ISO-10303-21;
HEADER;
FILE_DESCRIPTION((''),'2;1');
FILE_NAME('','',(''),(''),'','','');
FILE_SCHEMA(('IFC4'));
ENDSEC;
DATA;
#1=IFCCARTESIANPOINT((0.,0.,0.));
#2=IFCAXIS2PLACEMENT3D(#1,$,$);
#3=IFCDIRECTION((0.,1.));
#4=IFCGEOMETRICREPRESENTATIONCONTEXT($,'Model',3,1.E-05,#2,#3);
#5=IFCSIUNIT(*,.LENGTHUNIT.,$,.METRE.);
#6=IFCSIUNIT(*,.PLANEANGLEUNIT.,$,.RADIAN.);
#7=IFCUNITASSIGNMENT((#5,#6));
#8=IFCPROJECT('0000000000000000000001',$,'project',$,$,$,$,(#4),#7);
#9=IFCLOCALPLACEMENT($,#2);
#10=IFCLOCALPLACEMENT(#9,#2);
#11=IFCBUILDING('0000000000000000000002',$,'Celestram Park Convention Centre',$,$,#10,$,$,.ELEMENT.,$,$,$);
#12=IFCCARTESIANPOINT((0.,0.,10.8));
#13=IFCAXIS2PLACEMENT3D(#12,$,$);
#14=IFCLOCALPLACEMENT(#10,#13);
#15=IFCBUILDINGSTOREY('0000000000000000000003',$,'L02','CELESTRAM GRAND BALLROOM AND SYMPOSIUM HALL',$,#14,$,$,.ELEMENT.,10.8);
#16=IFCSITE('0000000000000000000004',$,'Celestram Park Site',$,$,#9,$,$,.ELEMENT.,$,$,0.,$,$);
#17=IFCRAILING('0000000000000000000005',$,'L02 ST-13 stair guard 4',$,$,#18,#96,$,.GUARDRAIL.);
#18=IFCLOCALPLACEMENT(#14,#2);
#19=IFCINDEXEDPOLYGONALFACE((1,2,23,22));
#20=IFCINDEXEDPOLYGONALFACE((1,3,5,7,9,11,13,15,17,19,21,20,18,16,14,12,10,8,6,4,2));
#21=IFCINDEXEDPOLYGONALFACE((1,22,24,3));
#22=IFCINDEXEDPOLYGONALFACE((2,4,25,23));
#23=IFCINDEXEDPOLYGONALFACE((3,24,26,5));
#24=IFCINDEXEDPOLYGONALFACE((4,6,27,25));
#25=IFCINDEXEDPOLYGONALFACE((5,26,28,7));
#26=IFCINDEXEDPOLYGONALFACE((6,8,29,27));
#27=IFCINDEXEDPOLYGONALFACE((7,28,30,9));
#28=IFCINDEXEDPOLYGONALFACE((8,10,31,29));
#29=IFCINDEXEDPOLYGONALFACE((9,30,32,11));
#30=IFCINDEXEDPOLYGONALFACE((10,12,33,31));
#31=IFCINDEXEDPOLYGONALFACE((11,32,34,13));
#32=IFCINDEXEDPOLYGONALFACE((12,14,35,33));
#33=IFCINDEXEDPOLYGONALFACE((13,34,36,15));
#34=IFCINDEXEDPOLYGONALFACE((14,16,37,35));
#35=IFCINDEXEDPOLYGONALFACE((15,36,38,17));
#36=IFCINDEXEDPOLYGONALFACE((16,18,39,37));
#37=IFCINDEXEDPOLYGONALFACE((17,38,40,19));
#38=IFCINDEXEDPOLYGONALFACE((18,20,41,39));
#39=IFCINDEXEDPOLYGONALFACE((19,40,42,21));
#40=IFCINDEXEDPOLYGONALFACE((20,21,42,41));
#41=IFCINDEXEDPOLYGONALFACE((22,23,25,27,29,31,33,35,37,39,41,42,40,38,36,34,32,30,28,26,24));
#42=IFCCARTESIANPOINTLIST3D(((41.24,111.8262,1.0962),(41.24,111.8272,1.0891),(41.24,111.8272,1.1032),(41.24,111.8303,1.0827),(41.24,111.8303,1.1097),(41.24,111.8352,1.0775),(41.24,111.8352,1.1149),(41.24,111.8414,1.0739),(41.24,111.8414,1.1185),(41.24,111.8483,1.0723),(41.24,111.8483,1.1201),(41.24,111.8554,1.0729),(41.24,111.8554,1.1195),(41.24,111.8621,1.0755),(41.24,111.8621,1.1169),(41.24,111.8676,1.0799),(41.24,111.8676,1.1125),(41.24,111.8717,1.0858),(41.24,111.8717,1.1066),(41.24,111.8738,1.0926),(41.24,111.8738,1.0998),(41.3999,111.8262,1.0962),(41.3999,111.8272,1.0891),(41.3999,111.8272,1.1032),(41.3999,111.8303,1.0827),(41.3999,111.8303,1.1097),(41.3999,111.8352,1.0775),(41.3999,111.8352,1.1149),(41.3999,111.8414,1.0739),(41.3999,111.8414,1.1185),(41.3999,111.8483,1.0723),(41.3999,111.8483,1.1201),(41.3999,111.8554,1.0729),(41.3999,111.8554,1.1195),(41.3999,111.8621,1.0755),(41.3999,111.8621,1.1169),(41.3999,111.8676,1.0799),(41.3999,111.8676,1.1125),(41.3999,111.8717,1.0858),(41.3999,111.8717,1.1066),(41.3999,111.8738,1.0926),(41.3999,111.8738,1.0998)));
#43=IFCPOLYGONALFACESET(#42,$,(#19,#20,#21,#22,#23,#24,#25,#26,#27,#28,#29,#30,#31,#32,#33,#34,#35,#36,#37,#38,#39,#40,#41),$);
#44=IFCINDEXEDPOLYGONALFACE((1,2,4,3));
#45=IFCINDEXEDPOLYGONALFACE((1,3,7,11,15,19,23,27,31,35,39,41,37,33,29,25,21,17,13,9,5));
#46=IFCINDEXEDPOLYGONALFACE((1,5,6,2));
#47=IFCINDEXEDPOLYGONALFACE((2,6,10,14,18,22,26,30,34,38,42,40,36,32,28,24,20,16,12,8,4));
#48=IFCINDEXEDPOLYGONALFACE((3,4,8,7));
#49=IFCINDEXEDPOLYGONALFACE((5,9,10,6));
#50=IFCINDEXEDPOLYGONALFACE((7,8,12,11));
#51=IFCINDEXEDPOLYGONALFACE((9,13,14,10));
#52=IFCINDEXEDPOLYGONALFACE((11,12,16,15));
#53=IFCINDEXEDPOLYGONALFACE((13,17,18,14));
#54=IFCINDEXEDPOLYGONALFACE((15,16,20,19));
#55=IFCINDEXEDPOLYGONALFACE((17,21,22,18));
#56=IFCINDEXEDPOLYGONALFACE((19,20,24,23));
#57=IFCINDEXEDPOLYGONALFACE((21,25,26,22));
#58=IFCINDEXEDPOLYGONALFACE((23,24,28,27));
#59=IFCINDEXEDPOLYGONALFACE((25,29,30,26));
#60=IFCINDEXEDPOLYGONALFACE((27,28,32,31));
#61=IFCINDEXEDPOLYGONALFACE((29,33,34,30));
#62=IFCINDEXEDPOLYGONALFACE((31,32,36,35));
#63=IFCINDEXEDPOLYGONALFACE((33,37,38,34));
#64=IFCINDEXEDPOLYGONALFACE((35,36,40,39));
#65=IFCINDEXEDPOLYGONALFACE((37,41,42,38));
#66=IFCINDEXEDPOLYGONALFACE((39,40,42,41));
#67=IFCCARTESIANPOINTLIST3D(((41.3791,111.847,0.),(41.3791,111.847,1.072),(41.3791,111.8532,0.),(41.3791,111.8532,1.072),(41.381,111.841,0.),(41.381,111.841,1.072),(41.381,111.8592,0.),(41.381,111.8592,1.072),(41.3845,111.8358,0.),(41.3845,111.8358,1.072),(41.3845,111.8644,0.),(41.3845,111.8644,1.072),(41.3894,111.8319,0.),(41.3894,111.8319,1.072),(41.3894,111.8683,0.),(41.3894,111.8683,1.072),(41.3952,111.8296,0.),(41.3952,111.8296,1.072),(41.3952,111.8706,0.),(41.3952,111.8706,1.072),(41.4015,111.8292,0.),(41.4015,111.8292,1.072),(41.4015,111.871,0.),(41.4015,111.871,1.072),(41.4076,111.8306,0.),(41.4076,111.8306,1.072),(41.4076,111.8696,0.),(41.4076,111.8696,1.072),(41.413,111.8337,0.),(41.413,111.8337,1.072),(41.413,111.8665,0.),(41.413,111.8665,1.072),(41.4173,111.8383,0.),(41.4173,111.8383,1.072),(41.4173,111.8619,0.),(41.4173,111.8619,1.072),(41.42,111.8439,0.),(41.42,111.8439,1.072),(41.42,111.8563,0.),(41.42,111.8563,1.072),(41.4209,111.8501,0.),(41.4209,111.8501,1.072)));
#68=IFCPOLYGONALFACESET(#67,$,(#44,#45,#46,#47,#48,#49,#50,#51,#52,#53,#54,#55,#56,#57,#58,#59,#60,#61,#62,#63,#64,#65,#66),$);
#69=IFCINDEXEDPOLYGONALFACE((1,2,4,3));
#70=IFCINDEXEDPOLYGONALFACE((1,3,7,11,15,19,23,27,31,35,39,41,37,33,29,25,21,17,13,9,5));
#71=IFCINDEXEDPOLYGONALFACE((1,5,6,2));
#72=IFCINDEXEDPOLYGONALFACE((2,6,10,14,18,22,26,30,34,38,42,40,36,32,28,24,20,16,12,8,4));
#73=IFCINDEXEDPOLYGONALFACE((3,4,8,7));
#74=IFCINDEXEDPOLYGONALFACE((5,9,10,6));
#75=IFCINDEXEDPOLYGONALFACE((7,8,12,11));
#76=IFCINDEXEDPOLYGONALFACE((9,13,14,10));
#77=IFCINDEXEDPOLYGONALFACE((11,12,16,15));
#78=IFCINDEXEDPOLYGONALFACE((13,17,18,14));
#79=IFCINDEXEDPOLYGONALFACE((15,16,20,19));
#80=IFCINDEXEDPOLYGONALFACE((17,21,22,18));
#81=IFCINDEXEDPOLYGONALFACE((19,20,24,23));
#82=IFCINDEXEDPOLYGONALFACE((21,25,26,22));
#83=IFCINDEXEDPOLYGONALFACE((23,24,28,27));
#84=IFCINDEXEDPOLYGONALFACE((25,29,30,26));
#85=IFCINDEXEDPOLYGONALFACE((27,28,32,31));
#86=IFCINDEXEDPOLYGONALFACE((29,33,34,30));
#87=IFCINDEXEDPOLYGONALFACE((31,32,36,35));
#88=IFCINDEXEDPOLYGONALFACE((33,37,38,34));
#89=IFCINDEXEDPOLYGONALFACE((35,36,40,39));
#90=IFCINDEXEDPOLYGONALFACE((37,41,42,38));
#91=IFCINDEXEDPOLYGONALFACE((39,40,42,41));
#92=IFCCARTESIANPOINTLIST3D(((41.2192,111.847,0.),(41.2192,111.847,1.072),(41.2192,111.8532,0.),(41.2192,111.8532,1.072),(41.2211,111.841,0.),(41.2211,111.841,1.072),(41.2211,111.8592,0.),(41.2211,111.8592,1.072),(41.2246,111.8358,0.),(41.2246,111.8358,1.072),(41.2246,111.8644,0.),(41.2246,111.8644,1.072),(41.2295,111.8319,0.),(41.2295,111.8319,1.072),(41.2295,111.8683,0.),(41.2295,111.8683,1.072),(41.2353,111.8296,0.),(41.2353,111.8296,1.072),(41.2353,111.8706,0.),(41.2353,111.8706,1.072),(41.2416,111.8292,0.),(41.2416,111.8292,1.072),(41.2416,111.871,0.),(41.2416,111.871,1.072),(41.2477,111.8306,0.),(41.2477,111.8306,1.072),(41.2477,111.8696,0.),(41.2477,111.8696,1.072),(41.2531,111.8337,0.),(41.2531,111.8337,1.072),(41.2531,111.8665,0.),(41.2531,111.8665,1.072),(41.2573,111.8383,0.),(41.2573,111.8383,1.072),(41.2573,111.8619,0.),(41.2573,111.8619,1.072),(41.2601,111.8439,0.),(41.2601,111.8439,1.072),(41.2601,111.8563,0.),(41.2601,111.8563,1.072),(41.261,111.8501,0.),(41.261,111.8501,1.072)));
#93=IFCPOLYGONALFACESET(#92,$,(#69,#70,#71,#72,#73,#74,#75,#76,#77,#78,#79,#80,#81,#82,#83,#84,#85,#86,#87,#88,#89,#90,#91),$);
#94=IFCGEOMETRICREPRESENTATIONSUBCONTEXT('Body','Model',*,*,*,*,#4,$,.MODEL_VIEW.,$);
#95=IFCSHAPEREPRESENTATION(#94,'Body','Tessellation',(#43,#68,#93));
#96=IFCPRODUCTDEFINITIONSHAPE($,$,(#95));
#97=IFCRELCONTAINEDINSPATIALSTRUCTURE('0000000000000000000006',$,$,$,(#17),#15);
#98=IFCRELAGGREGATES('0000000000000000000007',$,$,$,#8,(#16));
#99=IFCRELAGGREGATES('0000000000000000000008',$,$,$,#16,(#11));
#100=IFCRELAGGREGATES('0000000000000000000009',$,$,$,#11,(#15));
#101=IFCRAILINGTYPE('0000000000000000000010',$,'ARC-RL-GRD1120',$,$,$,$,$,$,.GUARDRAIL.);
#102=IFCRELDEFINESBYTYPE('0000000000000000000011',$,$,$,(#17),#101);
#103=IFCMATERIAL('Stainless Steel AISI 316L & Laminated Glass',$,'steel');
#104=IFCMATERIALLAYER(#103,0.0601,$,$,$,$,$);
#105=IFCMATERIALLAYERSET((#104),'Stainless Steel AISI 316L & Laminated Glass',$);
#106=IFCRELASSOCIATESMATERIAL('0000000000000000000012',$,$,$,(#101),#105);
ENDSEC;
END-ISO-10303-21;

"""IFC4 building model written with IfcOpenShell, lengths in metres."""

from ifc_helpers import new_model, si_unit, direction, frame, origin, origin_2d, place, context, subcontext, project, spatial, circle, extrude, material, layer, layer_set, type_object, element, save


model = new_model("IFC4")

# Units and contexts
model_context = context("Model", 3, precision=1e-05, world=origin(), true_north=direction((0.0, 1.0)))
body_context = subcontext(model_context, "Body", "Model", "MODEL_VIEW")
ifc_project = project(units=[si_unit("LENGTHUNIT", "METRE"), si_unit("PLANEANGLEUNIT", "RADIAN")], contexts=[model_context])

# Site, building, storey
site_placement = place(None, origin())
site = spatial("IfcSite", under=ifc_project, at=site_placement, Name="Celestram Park Site", CompositionType="ELEMENT", RefElevation=0.0)
building_placement = place(site_placement, origin())
building = spatial("IfcBuilding", under=site, at=building_placement, Name="Celestram Park Convention Centre", CompositionType="ELEMENT")
storey_placement = place(building_placement, frame((0.0, 0.0, 10.8)))
storey = spatial("IfcBuildingStorey", under=building, at=storey_placement, Name="L02", Description="CELESTRAM GRAND BALLROOM AND SYMPOSIUM HALL", CompositionType="ELEMENT", Elevation=10.8)

# Railing
ifc_material_1 = material(Name="Stainless Steel AISI 316L & Laminated Glass", Category="steel")
ifc_layer_1 = layer(ifc_material_1, 0.0601)
ifc_layer_set_1 = layer_set([ifc_layer_1], Name="Stainless Steel AISI 316L & Laminated Glass")
railing_type_1 = type_object("IfcRailingType", Name="ARC-RL-GRD1120", PredefinedType="GUARDRAIL", material=ifc_layer_set_1)
railing_1_placement = place(storey_placement, frame((41.3999, 111.8501, 0.0)))
element("IfcRailing", 1, at=railing_1_placement, inside=storey, type_object=railing_type_1, Name="L02 ST-13 stair guard 4", PredefinedType="GUARDRAIL", context=body_context, shape_type="SweptSolid", body=[
    extrude(circle(Radius=0.0239, at=origin_2d()), frame((0.0, 0.0, 1.0962), z_axis=(-1.0, 0.0, 0.0), x_axis=(0.0, -1.0, 0.0)), (0.0, 0.0, 1.0), 0.1599),
    extrude(circle(Radius=0.021, at=origin_2d()), origin(), (0.0, 0.0, 1.0), 1.072),
    extrude(circle(Radius=0.021, at=origin_2d()), frame((-0.1599, 0.0, 0.0)), (0.0, 0.0, 1.0), 1.072),
])

save(model, "model.ifc")
